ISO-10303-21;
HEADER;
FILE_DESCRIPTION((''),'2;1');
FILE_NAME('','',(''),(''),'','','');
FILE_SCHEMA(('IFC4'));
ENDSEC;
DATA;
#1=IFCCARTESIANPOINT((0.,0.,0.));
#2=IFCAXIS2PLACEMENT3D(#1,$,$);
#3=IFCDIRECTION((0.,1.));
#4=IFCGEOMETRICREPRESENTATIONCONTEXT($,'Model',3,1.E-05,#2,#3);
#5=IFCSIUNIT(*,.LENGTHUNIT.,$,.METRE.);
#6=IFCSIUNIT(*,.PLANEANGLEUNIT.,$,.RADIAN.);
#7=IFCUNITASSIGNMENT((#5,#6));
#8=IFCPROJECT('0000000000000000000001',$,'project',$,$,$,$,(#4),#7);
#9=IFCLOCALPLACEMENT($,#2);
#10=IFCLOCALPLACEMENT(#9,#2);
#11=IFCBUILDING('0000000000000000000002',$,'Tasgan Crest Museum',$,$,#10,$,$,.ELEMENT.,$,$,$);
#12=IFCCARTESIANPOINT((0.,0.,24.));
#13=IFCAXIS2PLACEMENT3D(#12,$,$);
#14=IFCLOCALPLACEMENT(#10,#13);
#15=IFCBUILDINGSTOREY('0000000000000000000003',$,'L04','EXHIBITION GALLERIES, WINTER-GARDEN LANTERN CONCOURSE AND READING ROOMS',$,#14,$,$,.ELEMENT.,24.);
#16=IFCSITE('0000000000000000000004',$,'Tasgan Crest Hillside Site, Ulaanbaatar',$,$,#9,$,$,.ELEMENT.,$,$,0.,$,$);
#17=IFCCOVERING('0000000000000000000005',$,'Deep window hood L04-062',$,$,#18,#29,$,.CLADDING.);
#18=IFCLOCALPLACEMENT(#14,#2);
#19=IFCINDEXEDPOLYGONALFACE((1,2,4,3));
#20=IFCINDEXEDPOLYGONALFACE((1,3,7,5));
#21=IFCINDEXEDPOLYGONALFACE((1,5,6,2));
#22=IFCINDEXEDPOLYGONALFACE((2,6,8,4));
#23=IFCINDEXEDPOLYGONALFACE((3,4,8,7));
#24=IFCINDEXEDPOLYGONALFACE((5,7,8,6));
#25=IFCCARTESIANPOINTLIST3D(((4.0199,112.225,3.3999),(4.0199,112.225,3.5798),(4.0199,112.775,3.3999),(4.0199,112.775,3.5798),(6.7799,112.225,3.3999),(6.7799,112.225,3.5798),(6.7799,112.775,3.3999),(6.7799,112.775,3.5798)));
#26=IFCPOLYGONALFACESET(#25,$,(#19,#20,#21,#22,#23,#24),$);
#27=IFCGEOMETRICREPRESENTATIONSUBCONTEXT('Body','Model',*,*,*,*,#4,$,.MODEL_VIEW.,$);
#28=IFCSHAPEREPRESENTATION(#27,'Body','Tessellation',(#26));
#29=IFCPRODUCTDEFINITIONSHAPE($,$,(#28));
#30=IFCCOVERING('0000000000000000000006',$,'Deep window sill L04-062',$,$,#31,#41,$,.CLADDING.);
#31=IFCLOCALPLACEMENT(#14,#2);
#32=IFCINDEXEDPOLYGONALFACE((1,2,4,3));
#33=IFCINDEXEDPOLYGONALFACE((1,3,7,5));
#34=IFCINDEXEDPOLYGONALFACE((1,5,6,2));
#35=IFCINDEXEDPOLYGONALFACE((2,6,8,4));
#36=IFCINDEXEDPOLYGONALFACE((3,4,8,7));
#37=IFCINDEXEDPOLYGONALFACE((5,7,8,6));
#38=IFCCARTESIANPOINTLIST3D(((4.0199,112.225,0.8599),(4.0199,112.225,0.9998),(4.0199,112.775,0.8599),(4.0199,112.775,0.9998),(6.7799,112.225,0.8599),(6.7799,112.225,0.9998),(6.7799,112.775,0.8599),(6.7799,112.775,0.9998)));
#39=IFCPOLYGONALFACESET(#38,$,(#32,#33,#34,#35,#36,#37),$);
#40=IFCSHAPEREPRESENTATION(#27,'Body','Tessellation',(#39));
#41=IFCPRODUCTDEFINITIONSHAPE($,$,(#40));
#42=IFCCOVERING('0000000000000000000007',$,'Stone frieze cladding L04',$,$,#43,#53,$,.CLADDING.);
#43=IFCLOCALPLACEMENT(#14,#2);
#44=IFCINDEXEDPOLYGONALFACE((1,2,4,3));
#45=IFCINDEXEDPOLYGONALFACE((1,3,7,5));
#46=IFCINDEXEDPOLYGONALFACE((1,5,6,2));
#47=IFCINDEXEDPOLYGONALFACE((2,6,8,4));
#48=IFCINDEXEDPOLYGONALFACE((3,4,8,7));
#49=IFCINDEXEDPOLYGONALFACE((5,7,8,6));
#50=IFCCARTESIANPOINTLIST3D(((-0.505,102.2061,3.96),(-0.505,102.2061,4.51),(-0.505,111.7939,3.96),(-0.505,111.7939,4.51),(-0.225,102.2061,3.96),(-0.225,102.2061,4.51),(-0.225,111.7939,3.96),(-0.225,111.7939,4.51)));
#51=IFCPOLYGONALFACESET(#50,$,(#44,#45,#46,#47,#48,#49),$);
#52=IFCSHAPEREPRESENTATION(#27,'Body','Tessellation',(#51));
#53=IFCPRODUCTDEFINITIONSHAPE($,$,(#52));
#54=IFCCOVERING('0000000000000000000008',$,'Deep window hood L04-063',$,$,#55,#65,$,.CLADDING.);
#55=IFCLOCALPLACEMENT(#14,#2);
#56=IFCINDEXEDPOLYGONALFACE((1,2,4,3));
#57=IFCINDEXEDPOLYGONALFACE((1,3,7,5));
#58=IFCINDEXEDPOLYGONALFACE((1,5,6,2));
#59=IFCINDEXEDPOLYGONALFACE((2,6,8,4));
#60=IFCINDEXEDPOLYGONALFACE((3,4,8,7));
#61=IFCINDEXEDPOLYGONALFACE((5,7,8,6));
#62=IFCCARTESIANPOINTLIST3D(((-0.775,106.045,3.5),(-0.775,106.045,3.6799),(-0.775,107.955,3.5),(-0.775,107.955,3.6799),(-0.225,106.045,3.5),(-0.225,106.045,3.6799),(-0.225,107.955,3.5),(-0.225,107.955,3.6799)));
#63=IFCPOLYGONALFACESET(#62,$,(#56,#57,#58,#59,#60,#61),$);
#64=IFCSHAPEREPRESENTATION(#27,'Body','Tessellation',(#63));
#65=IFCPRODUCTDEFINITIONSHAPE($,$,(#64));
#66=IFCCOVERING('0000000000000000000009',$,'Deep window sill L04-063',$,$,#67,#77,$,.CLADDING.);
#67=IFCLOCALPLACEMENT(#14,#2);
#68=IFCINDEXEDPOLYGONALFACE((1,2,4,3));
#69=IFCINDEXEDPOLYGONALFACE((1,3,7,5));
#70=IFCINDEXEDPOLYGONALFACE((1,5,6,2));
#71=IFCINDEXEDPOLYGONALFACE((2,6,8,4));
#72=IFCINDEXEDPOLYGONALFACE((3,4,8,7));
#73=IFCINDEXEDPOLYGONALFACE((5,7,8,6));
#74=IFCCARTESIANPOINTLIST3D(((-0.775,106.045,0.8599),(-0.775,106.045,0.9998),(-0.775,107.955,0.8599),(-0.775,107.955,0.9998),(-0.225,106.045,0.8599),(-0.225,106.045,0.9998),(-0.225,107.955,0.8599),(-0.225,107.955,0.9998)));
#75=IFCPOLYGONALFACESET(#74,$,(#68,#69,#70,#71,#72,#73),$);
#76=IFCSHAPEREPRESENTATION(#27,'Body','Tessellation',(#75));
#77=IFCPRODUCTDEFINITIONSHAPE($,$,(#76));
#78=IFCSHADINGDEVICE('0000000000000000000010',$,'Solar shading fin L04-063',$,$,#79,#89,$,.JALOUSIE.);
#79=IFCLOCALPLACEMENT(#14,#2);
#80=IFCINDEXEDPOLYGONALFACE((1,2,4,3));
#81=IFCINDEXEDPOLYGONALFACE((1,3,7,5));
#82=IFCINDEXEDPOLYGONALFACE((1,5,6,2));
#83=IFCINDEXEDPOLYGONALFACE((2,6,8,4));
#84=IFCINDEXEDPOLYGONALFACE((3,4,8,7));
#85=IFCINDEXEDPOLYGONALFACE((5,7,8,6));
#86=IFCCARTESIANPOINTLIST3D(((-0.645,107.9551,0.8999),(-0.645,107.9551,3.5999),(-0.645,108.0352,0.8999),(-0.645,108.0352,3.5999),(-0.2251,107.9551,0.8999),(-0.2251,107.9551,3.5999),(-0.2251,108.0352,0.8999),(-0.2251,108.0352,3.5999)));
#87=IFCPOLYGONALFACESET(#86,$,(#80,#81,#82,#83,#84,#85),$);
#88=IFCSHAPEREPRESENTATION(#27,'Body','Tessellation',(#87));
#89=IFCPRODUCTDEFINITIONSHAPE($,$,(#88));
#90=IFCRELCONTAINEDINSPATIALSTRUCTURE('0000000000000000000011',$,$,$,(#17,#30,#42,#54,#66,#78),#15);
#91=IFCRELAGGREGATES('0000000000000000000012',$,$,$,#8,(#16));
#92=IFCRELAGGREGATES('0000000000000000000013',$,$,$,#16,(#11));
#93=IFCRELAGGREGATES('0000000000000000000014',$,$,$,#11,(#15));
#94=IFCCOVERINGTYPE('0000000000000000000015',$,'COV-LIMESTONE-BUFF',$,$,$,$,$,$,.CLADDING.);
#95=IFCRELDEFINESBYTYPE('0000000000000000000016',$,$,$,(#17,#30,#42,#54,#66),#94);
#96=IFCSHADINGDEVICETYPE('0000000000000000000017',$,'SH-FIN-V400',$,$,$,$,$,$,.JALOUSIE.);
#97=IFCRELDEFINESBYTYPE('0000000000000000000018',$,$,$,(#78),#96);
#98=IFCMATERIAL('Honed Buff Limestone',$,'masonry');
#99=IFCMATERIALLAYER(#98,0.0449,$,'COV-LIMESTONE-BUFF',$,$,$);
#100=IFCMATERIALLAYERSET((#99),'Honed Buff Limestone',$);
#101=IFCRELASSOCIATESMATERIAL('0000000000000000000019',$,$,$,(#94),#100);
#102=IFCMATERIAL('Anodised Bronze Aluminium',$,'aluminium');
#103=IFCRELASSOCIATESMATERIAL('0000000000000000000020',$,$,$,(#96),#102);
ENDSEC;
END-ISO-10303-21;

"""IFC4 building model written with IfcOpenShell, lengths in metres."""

from ifc_helpers import new_model, si_unit, direction, frame, origin, origin_2d, place, context, subcontext, project, spatial, rectangle, extrude, material, layer, layer_set, type_object, element, save


model = new_model("IFC4")

# Units and contexts
model_context = context("Model", 3, precision=1e-05, world=origin(), true_north=direction((0.0, 1.0)))
body_context = subcontext(model_context, "Body", "Model", "MODEL_VIEW")
ifc_project = project(units=[si_unit("LENGTHUNIT", "METRE"), si_unit("PLANEANGLEUNIT", "RADIAN")], contexts=[model_context])

# Site, building, storey
site_placement = place(None, origin())
site = spatial("IfcSite", under=ifc_project, at=site_placement, Name="Tasgan Crest Hillside Site, Ulaanbaatar", CompositionType="ELEMENT", RefElevation=0.0)
building_placement = place(site_placement, origin())
building = spatial("IfcBuilding", under=site, at=building_placement, Name="Tasgan Crest Museum", CompositionType="ELEMENT")
storey_placement = place(building_placement, frame((0.0, 0.0, 24.0)))
storey = spatial("IfcBuildingStorey", under=building, at=storey_placement, Name="L04", Description="EXHIBITION GALLERIES, WINTER-GARDEN LANTERN CONCOURSE AND READING ROOMS", CompositionType="ELEMENT", Elevation=24.0)

# Coverings
ifc_material_1 = material(Name="Honed Buff Limestone", Category="masonry")
ifc_layer_1 = layer(ifc_material_1, 0.0449, Name="COV-LIMESTONE-BUFF")
ifc_layer_set_1 = layer_set([ifc_layer_1], Name="Honed Buff Limestone")
covering_type_1 = type_object("IfcCoveringType", Name="COV-LIMESTONE-BUFF", PredefinedType="CLADDING", material=ifc_layer_set_1)
covering_1_placement = place(storey_placement, frame((5.3999, 112.5, 3.3999), z_axis=(0.0, 0.0, 1.0), x_axis=(-1.0, 0.0, 0.0)))
element("IfcCovering", 1, at=covering_1_placement, inside=storey, type_object=covering_type_1, Name="Deep window hood L04-062", PredefinedType="CLADDING", context=body_context, shape_type="SweptSolid", body=[
    extrude(rectangle(XDim=2.76, YDim=0.55, at=origin_2d()), origin(), (0.0, 0.0, 1.0), 0.1799),
])
covering_2_placement = place(storey_placement, frame((5.3999, 112.5, 0.8599), z_axis=(0.0, 0.0, 1.0), x_axis=(-1.0, 0.0, 0.0)))
element("IfcCovering", 2, at=covering_2_placement, inside=storey, type_object=covering_type_1, Name="Deep window sill L04-062", PredefinedType="CLADDING", context=body_context, shape_type="SweptSolid", body=[
    extrude(rectangle(XDim=2.76, YDim=0.55, at=origin_2d()), origin(), (0.0, 0.0, 1.0), 0.1399),
])
covering_3_placement = place(storey_placement, frame((-0.365, 107.0, 3.96), z_axis=(0.0, 0.0, 1.0), x_axis=(0.0, -1.0, 0.0)))
element("IfcCovering", 3, at=covering_3_placement, inside=storey, type_object=covering_type_1, Name="Stone frieze cladding L04", PredefinedType="CLADDING", context=body_context, shape_type="SweptSolid", body=[
    extrude(rectangle(XDim=9.5879, YDim=0.28, at=origin_2d()), origin(), (0.0, 0.0, 1.0), 0.55),
])
covering_4_placement = place(storey_placement, frame((-0.5, 107.0, 3.5), z_axis=(0.0, 0.0, 1.0), x_axis=(0.0, -1.0, 0.0)))
element("IfcCovering", 4, at=covering_4_placement, inside=storey, type_object=covering_type_1, Name="Deep window hood L04-063", PredefinedType="CLADDING", context=body_context, shape_type="SweptSolid", body=[
    extrude(rectangle(XDim=1.9099, YDim=0.55, at=origin_2d()), origin(), (0.0, 0.0, 1.0), 0.1799),
])
covering_5_placement = place(storey_placement, frame((-0.5, 107.0, 0.8599), z_axis=(0.0, 0.0, 1.0), x_axis=(0.0, -1.0, 0.0)))
element("IfcCovering", 5, at=covering_5_placement, inside=storey, type_object=covering_type_1, Name="Deep window sill L04-063", PredefinedType="CLADDING", context=body_context, shape_type="SweptSolid", body=[
    extrude(rectangle(XDim=1.9099, YDim=0.55, at=origin_2d()), origin(), (0.0, 0.0, 1.0), 0.1399),
])

# Shading device
ifc_material_2 = material(Name="Anodised Bronze Aluminium", Category="aluminium")
shading_device_type = type_object("IfcShadingDeviceType", Name="SH-FIN-V400", PredefinedType="JALOUSIE", material=ifc_material_2)
shading_device_placement = place(storey_placement, frame((-0.4351, 107.9951, 0.8999), z_axis=(0.0, 0.0, 1.0), x_axis=(0.0, -1.0, 0.0)))
element("IfcShadingDevice", 6, at=shading_device_placement, inside=storey, type_object=shading_device_type, Name="Solar shading fin L04-063", PredefinedType="JALOUSIE", context=body_context, shape_type="SweptSolid", body=[
    extrude(rectangle(XDim=0.0801, YDim=0.4199, at=origin_2d()), origin(), (0.0, 0.0, 1.0), 2.7),
])

save(model, "model.ifc")
